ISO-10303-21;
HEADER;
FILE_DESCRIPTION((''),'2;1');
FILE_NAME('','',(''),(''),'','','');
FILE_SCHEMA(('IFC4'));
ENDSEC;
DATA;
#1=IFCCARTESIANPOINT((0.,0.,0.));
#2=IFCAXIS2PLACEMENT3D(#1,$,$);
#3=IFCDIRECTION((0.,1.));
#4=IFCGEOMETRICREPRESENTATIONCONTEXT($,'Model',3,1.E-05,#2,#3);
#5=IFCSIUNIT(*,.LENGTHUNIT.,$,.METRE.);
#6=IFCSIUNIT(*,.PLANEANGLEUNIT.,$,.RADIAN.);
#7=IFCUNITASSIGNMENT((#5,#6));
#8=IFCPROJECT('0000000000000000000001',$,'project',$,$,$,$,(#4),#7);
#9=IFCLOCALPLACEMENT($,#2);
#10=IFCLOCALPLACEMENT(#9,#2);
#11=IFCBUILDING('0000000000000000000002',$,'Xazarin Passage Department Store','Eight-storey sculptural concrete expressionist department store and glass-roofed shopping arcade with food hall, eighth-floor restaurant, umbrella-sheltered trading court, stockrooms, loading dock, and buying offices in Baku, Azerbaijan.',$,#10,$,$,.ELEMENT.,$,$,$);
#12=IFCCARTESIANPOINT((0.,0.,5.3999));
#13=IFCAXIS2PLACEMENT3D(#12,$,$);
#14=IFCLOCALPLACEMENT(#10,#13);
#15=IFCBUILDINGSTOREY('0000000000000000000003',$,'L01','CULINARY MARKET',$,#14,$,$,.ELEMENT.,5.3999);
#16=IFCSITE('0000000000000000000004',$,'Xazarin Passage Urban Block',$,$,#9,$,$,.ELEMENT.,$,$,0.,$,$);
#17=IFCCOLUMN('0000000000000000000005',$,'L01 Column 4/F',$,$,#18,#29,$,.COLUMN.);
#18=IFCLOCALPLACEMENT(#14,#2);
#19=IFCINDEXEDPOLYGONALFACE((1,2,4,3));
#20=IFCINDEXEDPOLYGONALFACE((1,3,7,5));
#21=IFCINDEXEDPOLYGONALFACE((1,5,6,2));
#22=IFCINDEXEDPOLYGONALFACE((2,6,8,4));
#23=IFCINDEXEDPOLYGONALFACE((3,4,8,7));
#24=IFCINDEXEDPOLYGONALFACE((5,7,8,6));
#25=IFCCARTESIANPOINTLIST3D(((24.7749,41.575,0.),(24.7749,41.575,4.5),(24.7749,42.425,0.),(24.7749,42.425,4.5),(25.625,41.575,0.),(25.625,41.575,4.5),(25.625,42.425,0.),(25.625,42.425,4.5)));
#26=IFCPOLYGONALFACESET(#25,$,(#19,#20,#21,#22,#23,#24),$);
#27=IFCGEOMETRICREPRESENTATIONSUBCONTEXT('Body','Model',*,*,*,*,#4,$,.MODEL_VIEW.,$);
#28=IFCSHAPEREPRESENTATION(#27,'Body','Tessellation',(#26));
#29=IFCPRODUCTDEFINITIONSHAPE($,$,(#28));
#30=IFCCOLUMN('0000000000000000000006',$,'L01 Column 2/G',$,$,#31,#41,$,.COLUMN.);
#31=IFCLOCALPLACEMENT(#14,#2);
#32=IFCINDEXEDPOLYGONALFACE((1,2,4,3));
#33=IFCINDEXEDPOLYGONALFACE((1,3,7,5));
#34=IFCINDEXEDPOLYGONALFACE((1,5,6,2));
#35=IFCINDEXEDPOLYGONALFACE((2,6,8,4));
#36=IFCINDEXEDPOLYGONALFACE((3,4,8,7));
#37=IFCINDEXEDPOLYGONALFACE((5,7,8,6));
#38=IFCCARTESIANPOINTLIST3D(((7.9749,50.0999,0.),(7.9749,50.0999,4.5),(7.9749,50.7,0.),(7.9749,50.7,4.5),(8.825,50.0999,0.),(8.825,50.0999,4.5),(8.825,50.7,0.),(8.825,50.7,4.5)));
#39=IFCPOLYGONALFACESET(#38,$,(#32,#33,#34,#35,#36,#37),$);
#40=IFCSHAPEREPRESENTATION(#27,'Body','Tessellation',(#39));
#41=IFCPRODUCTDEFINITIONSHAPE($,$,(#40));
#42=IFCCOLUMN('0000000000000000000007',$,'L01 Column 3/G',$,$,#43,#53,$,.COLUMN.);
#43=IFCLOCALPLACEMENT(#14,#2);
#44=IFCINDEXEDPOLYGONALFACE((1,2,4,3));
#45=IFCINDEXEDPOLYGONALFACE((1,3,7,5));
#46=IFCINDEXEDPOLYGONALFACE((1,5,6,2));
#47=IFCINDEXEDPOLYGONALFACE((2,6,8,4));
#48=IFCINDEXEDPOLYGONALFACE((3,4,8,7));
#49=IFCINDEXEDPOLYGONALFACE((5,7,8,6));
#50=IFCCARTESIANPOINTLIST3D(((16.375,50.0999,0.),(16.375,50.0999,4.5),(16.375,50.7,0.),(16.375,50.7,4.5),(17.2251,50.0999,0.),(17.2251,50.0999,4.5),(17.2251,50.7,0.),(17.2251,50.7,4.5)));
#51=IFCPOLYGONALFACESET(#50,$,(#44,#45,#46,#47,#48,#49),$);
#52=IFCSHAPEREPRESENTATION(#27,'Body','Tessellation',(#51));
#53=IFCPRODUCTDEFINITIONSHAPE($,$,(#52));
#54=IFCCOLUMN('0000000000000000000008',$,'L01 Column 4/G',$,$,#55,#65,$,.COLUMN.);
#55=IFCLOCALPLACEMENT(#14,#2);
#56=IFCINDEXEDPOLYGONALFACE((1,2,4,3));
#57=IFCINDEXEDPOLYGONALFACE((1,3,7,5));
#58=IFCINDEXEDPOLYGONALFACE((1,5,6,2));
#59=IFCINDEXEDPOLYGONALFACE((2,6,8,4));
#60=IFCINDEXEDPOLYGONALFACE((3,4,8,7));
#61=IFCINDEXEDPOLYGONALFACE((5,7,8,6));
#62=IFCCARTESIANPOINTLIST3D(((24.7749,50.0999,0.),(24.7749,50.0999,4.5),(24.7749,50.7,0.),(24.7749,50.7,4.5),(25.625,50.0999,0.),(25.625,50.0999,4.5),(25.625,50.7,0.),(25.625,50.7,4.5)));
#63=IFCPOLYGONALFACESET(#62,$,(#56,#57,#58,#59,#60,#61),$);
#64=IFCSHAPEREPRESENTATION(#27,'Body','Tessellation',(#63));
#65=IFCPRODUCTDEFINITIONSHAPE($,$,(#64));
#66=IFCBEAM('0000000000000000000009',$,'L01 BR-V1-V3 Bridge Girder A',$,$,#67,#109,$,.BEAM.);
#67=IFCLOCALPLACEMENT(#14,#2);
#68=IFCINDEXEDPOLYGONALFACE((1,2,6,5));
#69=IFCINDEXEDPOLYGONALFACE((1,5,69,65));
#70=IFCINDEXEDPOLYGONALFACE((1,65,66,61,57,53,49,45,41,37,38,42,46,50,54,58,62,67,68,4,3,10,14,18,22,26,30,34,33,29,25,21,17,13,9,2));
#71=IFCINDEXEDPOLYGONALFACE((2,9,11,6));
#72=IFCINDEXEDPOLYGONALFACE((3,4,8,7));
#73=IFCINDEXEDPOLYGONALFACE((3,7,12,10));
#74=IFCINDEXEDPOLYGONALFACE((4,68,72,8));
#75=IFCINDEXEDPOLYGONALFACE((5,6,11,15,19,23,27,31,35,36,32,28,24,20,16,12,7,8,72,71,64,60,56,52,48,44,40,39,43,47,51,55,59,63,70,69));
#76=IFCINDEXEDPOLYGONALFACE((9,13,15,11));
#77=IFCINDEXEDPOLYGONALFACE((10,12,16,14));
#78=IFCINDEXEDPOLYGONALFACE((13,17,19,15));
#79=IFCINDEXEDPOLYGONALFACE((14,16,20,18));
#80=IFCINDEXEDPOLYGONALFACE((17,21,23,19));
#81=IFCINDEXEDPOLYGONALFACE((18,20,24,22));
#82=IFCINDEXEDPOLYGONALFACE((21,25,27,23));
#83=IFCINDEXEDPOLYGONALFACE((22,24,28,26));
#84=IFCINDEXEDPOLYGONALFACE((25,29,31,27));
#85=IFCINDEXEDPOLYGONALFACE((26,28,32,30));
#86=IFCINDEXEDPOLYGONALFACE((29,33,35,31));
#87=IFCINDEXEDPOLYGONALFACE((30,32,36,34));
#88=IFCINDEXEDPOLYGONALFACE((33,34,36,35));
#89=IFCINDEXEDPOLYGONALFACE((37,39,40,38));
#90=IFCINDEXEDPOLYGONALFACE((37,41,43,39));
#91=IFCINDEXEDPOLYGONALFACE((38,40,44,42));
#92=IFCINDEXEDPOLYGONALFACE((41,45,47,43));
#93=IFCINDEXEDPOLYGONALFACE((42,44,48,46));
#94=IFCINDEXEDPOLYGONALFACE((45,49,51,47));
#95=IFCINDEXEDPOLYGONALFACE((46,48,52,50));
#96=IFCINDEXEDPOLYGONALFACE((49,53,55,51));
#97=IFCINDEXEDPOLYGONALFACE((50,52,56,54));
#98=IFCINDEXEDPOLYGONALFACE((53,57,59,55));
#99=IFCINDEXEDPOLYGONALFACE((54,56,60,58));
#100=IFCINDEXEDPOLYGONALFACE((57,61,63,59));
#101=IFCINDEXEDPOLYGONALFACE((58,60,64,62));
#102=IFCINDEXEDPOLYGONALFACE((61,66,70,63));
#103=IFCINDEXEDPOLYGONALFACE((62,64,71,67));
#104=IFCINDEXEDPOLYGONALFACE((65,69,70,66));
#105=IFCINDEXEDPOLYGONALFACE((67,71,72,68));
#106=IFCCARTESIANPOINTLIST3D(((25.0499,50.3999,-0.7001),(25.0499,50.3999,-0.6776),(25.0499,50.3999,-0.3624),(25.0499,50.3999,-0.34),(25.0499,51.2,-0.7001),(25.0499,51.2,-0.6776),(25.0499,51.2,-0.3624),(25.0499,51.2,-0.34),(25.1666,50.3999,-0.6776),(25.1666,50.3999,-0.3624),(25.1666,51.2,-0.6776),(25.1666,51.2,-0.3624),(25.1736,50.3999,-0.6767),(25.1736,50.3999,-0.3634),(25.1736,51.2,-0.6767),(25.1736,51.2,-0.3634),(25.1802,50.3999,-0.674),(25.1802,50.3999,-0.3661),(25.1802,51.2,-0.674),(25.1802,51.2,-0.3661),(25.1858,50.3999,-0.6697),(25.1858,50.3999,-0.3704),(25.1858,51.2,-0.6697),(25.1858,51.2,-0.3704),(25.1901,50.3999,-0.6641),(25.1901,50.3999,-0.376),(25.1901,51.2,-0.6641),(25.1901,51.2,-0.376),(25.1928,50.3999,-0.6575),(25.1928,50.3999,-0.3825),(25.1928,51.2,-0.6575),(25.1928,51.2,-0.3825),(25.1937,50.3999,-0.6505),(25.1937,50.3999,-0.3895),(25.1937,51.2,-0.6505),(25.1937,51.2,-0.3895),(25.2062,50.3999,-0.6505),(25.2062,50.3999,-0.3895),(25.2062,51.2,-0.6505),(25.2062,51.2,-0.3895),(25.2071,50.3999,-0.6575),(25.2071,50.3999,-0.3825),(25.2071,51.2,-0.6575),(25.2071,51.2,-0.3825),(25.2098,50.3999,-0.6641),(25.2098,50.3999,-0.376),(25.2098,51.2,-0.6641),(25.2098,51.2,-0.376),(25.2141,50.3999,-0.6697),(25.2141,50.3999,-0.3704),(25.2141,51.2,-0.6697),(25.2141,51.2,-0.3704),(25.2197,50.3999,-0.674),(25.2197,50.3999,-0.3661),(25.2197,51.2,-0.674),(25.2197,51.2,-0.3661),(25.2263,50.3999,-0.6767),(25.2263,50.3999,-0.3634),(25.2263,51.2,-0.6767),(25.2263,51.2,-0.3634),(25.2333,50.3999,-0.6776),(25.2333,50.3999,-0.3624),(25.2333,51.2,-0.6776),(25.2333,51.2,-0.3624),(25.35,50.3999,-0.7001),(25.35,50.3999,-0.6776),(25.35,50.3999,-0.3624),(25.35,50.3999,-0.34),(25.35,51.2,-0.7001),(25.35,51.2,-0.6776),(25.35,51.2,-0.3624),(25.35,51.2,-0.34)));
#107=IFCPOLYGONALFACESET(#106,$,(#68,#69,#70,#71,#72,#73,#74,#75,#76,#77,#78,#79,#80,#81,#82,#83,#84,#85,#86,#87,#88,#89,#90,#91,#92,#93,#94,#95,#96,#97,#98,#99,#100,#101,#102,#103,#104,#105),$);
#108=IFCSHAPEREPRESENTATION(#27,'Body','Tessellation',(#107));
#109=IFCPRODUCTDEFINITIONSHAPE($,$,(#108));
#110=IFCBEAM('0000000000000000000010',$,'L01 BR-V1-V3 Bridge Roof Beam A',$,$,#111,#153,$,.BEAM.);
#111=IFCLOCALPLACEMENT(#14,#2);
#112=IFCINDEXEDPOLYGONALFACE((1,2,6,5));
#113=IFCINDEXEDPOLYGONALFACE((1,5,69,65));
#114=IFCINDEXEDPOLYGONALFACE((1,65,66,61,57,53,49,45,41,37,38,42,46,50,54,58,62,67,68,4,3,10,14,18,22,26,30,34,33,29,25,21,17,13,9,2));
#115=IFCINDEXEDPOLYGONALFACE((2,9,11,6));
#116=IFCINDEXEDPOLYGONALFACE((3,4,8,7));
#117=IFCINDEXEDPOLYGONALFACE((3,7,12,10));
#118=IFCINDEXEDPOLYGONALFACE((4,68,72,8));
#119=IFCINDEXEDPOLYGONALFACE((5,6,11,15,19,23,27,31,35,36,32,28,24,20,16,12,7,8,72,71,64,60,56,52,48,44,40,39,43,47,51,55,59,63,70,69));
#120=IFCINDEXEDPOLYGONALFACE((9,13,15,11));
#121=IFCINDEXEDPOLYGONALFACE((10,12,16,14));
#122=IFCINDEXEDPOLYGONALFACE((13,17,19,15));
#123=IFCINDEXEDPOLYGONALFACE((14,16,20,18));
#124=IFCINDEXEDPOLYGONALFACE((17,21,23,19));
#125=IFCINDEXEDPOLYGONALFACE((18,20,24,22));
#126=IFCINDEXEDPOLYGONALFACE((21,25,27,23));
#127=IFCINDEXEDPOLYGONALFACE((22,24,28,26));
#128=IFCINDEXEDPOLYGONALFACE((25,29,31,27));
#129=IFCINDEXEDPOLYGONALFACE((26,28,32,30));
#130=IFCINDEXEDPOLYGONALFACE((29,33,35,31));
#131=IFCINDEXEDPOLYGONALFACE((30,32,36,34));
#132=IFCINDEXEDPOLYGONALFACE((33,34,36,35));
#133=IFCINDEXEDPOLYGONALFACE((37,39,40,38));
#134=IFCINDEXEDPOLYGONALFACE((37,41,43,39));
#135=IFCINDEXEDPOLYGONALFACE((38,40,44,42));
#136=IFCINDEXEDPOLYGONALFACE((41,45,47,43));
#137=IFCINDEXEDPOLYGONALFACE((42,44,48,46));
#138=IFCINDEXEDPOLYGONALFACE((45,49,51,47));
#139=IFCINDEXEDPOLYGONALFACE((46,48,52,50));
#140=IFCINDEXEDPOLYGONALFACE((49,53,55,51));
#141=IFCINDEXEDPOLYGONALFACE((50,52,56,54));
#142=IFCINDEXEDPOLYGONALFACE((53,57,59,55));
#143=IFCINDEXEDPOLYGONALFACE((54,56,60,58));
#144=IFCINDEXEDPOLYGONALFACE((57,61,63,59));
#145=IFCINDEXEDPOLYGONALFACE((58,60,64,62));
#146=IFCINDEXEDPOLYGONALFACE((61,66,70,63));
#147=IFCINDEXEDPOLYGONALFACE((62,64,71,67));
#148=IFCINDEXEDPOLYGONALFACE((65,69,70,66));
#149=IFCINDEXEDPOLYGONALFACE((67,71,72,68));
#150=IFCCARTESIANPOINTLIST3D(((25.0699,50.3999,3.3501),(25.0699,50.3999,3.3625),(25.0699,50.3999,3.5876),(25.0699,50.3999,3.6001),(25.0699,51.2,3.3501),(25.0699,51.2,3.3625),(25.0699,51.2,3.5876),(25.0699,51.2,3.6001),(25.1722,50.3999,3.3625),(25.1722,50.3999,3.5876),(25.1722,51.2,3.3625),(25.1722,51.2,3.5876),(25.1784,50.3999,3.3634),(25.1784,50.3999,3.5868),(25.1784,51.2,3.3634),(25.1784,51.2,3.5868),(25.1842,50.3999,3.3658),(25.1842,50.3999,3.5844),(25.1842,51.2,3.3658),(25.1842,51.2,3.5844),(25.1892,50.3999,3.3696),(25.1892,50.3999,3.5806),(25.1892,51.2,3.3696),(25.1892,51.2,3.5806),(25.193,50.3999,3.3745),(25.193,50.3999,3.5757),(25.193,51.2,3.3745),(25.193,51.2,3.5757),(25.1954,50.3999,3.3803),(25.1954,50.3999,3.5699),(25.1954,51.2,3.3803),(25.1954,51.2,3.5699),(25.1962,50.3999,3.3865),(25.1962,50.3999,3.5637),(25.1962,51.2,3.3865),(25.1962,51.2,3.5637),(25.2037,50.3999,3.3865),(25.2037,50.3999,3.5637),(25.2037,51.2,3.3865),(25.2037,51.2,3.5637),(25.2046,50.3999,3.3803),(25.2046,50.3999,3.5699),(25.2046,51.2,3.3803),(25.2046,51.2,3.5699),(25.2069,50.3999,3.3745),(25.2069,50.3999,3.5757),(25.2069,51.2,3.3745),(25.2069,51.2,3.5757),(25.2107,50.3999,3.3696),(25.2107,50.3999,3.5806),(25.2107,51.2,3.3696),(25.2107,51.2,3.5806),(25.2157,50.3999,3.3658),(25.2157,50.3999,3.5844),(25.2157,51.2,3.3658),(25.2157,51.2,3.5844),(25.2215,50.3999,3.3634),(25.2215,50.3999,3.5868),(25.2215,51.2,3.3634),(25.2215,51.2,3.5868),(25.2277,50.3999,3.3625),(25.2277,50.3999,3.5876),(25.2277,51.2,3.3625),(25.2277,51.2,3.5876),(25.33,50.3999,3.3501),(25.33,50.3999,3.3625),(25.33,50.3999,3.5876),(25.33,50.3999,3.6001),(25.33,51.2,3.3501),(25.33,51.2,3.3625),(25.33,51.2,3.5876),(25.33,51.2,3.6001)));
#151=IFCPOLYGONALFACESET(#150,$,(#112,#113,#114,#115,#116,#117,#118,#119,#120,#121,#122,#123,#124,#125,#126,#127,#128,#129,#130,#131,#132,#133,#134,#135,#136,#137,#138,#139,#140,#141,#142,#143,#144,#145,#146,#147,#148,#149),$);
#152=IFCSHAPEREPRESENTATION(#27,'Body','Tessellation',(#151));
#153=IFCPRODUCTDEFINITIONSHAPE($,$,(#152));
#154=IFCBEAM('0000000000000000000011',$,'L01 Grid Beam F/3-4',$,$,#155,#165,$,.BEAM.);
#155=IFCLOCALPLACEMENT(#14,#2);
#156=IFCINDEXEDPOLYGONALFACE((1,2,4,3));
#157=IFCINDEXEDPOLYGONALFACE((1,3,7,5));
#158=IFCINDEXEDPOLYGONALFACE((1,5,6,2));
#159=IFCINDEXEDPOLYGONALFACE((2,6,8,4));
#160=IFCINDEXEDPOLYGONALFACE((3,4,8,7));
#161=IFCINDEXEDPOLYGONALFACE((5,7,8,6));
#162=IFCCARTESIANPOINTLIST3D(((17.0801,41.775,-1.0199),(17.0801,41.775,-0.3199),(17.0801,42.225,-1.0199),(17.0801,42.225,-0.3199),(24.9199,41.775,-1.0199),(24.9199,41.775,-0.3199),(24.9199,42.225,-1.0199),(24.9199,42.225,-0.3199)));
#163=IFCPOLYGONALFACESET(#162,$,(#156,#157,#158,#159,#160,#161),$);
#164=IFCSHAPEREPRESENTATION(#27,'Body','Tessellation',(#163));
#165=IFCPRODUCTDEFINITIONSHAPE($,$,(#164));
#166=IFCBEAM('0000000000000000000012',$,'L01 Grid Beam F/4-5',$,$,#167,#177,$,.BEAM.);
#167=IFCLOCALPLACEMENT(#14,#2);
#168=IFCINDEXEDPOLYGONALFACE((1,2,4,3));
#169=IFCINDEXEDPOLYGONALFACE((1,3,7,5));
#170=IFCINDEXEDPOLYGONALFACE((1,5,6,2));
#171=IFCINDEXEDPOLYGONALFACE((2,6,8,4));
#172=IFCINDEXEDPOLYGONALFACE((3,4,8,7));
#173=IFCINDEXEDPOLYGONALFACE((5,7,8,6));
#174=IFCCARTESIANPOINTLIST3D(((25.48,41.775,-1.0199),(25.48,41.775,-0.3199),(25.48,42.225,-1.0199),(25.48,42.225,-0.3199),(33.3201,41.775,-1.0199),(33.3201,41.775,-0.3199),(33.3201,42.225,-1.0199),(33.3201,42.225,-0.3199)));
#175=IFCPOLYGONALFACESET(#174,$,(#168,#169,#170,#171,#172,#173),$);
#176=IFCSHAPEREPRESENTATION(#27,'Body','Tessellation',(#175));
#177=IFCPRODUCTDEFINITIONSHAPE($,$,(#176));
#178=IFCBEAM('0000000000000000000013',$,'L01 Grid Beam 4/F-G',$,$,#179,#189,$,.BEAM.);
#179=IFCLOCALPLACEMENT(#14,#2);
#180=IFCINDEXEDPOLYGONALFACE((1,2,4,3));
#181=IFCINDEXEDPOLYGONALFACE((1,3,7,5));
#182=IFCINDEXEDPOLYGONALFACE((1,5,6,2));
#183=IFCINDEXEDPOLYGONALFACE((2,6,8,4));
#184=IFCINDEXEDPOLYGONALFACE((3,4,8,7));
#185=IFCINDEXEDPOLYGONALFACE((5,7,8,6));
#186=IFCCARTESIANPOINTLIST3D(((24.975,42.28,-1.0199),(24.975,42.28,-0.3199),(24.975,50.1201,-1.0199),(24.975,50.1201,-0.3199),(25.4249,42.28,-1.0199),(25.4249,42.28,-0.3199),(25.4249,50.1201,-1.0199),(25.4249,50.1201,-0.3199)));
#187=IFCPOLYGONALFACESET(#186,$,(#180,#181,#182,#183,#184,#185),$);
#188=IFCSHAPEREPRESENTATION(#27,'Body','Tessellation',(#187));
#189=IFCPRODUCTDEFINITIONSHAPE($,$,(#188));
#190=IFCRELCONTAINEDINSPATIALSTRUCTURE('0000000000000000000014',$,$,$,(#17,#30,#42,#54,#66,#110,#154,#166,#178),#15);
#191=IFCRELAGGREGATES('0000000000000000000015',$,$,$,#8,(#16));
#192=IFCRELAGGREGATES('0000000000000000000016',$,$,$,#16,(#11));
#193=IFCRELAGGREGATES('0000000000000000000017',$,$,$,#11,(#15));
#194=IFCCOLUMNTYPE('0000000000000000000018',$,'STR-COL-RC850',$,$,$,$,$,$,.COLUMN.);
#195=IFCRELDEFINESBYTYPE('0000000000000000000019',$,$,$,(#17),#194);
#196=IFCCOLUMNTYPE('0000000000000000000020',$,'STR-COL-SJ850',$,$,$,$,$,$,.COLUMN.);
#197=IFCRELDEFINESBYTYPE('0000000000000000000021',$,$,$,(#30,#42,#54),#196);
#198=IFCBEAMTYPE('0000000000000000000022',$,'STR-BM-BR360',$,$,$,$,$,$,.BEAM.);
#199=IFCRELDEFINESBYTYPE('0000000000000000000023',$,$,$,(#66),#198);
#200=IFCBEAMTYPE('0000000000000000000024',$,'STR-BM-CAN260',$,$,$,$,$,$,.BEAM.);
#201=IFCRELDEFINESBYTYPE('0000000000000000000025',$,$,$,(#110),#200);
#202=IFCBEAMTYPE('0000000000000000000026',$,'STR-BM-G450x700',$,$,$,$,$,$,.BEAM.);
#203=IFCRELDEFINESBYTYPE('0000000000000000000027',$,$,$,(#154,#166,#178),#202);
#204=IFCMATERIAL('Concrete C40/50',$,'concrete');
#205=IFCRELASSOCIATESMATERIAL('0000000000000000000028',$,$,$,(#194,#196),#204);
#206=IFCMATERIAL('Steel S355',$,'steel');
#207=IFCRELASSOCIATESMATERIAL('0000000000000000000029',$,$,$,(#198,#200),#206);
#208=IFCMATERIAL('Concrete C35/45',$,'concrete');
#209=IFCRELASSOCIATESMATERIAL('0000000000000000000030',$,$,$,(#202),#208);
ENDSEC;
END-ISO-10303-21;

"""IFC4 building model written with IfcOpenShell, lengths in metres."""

from ifc_helpers import new_model, si_unit, direction, frame, origin, origin_2d, place, context, subcontext, project, spatial, rectangle, i_section, extrude, material, material_profile, profile_set, type_object, element, save


model = new_model("IFC4")

# Units and contexts
model_context = context("Model", 3, precision=1e-05, world=origin(), true_north=direction((0.0, 1.0)))
body_context = subcontext(model_context, "Body", "Model", "MODEL_VIEW")
ifc_project = project(units=[si_unit("LENGTHUNIT", "METRE"), si_unit("PLANEANGLEUNIT", "RADIAN")], contexts=[model_context])

# Site, building, storey
site_placement = place(None, origin())
site = spatial("IfcSite", under=ifc_project, at=site_placement, Name="Xazarin Passage Urban Block", CompositionType="ELEMENT", RefElevation=0.0)
building_placement = place(site_placement, origin())
building = spatial("IfcBuilding", under=site, at=building_placement, Name="Xazarin Passage Department Store", Description="Eight-storey sculptural concrete expressionist department store and glass-roofed shopping arcade with food hall, eighth-floor restaurant, umbrella-sheltered trading court, stockrooms, loading dock, and buying offices in Baku, Azerbaijan.", CompositionType="ELEMENT")
storey_placement = place(building_placement, frame((0.0, 0.0, 5.3999)))
storey = spatial("IfcBuildingStorey", under=building, at=storey_placement, Name="L01", Description="CULINARY MARKET", CompositionType="ELEMENT", Elevation=5.3999)

# Columns
ifc_material_1 = material(Name="Concrete C40/50", Category="concrete")
ifc_material_profile_1 = material_profile(ifc_material_1, rectangle(XDim=0.8501, YDim=0.8501, at=origin_2d()), Name="RC 850x850")
ifc_profile_set_1 = profile_set([ifc_material_profile_1], Name="Concrete C40/50")
column_type_1 = type_object("IfcColumnType", Name="STR-COL-RC850", PredefinedType="COLUMN", material=ifc_profile_set_1)
column_placement = place(storey_placement, frame((25.2, 42.0, 0.0), z_axis=(0.0, 0.0, 1.0), x_axis=(1.0, 0.0, 0.0)))
element("IfcColumn", 1, at=column_placement, inside=storey, type_object=column_type_1, Name="L01 Column 4/F", PredefinedType="COLUMN", context=body_context, shape_type="SweptSolid", body=[
    extrude(rectangle(XDim=0.8501, YDim=0.8501, at=origin_2d()), origin(), (0.0, 0.0, 1.0), 4.5),
])
ifc_material_profile_2 = material_profile(ifc_material_1, rectangle(XDim=0.6001, YDim=0.8501, at=origin_2d()), Name="RC 600x850")
ifc_profile_set_2 = profile_set([ifc_material_profile_2], Name="Concrete C40/50")
column_type_2 = type_object("IfcColumnType", Name="STR-COL-SJ850", PredefinedType="COLUMN", material=ifc_profile_set_2)
for number, where, z_axis, x_axis, name in (
    (2, (8.3999, 50.3999, 0.0), (0.0, 0.0, 1.0), (0.0, 1.0, 0.0), "L01 Column 2/G"),
    (3, (16.8, 50.3999, 0.0), (0.0, 0.0, 1.0), (0.0, 1.0, 0.0), "L01 Column 3/G"),
    (4, (25.2, 50.3999, 0.0), (0.0, 0.0, 1.0), (0.0, 1.0, 0.0), "L01 Column 4/G"),
):
    element("IfcColumn", number, at=place(storey_placement, frame(where, z_axis=z_axis, x_axis=x_axis)), inside=storey, type_object=column_type_2, Name=name, PredefinedType="COLUMN", context=body_context, shape_type="SweptSolid", body=[
        extrude(rectangle(XDim=0.6001, YDim=0.8501, at=origin_2d()), origin(), (0.0, 0.0, 1.0), 4.5),
    ])

# Beams
ifc_material_2 = material(Name="Steel S355", Category="steel")
ifc_material_profile_3 = material_profile(ifc_material_2, i_section(OverallWidth=0.3, OverallDepth=0.3601, WebThickness=0.0125, FlangeThickness=0.0225, FilletRadius=0.0271, at=origin_2d()), Name="HEB 360")
ifc_profile_set_3 = profile_set([ifc_material_profile_3], Name="Steel S355")
beam_type_1 = type_object("IfcBeamType", Name="STR-BM-BR360", PredefinedType="BEAM", material=ifc_profile_set_3)
beam_1_placement = place(storey_placement, frame((25.2, 50.3999, -0.52), z_axis=(0.0, 1.0, 0.0), x_axis=(-1.0, 0.0, 0.0)))
element("IfcBeam", 5, at=beam_1_placement, inside=storey, type_object=beam_type_1, Name="L01 BR-V1-V3 Bridge Girder A", PredefinedType="BEAM", context=body_context, shape_type="SweptSolid", body=[
    extrude(i_section(OverallWidth=0.3, OverallDepth=0.3601, WebThickness=0.0125, FlangeThickness=0.0225, FilletRadius=0.0271, at=origin_2d()), origin(), (0.0, 0.0, 1.0), 0.8),
])
ifc_material_profile_4 = material_profile(ifc_material_2, i_section(OverallWidth=0.26, OverallDepth=0.25, WebThickness=0.0076, FlangeThickness=0.0125, FilletRadius=0.0239, at=origin_2d()), Name="HEA 260")
ifc_profile_set_4 = profile_set([ifc_material_profile_4], Name="Steel S355")
beam_type_2 = type_object("IfcBeamType", Name="STR-BM-CAN260", PredefinedType="BEAM", material=ifc_profile_set_4)
beam_2_placement = place(storey_placement, frame((25.2, 50.3999, 3.4751), z_axis=(0.0, 1.0, 0.0), x_axis=(-1.0, 0.0, 0.0)))
element("IfcBeam", 6, at=beam_2_placement, inside=storey, type_object=beam_type_2, Name="L01 BR-V1-V3 Bridge Roof Beam A", PredefinedType="BEAM", context=body_context, shape_type="SweptSolid", body=[
    extrude(i_section(OverallWidth=0.26, OverallDepth=0.25, WebThickness=0.0076, FlangeThickness=0.0125, FilletRadius=0.0239, at=origin_2d()), origin(), (0.0, 0.0, 1.0), 0.8),
])
ifc_material_3 = material(Name="Concrete C35/45", Category="concrete")
ifc_material_profile_5 = material_profile(ifc_material_3, rectangle(XDim=0.45, YDim=0.7, at=origin_2d()), Name="RC 450x700")
ifc_profile_set_5 = profile_set([ifc_material_profile_5], Name="Concrete C35/45")
beam_type_3 = type_object("IfcBeamType", Name="STR-BM-G450x700", PredefinedType="BEAM", material=ifc_profile_set_5)
beam_3_placement = place(storey_placement, frame((17.0801, 42.0, -0.6699), z_axis=(1.0, 0.0, 0.0), x_axis=(0.0, 1.0, 0.0)))
element("IfcBeam", 7, at=beam_3_placement, inside=storey, type_object=beam_type_3, Name="L01 Grid Beam F/3-4", PredefinedType="BEAM", context=body_context, shape_type="SweptSolid", body=[
    extrude(rectangle(XDim=0.45, YDim=0.7, at=origin_2d()), origin(), (0.0, 0.0, 1.0), 7.8398),
])
for number, where, z_axis, x_axis, name in (
    (8, (25.48, 42.0, -0.6699), (1.0, 0.0, 0.0), (0.0, 1.0, 0.0), "L01 Grid Beam F/4-5"),
    (9, (25.2, 42.28, -0.6699), (0.0, 1.0, 0.0), (-1.0, 0.0, 0.0), "L01 Grid Beam 4/F-G"),
):
    element("IfcBeam", number, at=place(storey_placement, frame(where, z_axis=z_axis, x_axis=x_axis)), inside=storey, type_object=beam_type_3, Name=name, PredefinedType="BEAM", context=body_context, shape_type="SweptSolid", body=[
        extrude(rectangle(XDim=0.45, YDim=0.7, at=origin_2d()), origin(), (0.0, 0.0, 1.0), 7.8401),
    ])

save(model, "model.ifc")
